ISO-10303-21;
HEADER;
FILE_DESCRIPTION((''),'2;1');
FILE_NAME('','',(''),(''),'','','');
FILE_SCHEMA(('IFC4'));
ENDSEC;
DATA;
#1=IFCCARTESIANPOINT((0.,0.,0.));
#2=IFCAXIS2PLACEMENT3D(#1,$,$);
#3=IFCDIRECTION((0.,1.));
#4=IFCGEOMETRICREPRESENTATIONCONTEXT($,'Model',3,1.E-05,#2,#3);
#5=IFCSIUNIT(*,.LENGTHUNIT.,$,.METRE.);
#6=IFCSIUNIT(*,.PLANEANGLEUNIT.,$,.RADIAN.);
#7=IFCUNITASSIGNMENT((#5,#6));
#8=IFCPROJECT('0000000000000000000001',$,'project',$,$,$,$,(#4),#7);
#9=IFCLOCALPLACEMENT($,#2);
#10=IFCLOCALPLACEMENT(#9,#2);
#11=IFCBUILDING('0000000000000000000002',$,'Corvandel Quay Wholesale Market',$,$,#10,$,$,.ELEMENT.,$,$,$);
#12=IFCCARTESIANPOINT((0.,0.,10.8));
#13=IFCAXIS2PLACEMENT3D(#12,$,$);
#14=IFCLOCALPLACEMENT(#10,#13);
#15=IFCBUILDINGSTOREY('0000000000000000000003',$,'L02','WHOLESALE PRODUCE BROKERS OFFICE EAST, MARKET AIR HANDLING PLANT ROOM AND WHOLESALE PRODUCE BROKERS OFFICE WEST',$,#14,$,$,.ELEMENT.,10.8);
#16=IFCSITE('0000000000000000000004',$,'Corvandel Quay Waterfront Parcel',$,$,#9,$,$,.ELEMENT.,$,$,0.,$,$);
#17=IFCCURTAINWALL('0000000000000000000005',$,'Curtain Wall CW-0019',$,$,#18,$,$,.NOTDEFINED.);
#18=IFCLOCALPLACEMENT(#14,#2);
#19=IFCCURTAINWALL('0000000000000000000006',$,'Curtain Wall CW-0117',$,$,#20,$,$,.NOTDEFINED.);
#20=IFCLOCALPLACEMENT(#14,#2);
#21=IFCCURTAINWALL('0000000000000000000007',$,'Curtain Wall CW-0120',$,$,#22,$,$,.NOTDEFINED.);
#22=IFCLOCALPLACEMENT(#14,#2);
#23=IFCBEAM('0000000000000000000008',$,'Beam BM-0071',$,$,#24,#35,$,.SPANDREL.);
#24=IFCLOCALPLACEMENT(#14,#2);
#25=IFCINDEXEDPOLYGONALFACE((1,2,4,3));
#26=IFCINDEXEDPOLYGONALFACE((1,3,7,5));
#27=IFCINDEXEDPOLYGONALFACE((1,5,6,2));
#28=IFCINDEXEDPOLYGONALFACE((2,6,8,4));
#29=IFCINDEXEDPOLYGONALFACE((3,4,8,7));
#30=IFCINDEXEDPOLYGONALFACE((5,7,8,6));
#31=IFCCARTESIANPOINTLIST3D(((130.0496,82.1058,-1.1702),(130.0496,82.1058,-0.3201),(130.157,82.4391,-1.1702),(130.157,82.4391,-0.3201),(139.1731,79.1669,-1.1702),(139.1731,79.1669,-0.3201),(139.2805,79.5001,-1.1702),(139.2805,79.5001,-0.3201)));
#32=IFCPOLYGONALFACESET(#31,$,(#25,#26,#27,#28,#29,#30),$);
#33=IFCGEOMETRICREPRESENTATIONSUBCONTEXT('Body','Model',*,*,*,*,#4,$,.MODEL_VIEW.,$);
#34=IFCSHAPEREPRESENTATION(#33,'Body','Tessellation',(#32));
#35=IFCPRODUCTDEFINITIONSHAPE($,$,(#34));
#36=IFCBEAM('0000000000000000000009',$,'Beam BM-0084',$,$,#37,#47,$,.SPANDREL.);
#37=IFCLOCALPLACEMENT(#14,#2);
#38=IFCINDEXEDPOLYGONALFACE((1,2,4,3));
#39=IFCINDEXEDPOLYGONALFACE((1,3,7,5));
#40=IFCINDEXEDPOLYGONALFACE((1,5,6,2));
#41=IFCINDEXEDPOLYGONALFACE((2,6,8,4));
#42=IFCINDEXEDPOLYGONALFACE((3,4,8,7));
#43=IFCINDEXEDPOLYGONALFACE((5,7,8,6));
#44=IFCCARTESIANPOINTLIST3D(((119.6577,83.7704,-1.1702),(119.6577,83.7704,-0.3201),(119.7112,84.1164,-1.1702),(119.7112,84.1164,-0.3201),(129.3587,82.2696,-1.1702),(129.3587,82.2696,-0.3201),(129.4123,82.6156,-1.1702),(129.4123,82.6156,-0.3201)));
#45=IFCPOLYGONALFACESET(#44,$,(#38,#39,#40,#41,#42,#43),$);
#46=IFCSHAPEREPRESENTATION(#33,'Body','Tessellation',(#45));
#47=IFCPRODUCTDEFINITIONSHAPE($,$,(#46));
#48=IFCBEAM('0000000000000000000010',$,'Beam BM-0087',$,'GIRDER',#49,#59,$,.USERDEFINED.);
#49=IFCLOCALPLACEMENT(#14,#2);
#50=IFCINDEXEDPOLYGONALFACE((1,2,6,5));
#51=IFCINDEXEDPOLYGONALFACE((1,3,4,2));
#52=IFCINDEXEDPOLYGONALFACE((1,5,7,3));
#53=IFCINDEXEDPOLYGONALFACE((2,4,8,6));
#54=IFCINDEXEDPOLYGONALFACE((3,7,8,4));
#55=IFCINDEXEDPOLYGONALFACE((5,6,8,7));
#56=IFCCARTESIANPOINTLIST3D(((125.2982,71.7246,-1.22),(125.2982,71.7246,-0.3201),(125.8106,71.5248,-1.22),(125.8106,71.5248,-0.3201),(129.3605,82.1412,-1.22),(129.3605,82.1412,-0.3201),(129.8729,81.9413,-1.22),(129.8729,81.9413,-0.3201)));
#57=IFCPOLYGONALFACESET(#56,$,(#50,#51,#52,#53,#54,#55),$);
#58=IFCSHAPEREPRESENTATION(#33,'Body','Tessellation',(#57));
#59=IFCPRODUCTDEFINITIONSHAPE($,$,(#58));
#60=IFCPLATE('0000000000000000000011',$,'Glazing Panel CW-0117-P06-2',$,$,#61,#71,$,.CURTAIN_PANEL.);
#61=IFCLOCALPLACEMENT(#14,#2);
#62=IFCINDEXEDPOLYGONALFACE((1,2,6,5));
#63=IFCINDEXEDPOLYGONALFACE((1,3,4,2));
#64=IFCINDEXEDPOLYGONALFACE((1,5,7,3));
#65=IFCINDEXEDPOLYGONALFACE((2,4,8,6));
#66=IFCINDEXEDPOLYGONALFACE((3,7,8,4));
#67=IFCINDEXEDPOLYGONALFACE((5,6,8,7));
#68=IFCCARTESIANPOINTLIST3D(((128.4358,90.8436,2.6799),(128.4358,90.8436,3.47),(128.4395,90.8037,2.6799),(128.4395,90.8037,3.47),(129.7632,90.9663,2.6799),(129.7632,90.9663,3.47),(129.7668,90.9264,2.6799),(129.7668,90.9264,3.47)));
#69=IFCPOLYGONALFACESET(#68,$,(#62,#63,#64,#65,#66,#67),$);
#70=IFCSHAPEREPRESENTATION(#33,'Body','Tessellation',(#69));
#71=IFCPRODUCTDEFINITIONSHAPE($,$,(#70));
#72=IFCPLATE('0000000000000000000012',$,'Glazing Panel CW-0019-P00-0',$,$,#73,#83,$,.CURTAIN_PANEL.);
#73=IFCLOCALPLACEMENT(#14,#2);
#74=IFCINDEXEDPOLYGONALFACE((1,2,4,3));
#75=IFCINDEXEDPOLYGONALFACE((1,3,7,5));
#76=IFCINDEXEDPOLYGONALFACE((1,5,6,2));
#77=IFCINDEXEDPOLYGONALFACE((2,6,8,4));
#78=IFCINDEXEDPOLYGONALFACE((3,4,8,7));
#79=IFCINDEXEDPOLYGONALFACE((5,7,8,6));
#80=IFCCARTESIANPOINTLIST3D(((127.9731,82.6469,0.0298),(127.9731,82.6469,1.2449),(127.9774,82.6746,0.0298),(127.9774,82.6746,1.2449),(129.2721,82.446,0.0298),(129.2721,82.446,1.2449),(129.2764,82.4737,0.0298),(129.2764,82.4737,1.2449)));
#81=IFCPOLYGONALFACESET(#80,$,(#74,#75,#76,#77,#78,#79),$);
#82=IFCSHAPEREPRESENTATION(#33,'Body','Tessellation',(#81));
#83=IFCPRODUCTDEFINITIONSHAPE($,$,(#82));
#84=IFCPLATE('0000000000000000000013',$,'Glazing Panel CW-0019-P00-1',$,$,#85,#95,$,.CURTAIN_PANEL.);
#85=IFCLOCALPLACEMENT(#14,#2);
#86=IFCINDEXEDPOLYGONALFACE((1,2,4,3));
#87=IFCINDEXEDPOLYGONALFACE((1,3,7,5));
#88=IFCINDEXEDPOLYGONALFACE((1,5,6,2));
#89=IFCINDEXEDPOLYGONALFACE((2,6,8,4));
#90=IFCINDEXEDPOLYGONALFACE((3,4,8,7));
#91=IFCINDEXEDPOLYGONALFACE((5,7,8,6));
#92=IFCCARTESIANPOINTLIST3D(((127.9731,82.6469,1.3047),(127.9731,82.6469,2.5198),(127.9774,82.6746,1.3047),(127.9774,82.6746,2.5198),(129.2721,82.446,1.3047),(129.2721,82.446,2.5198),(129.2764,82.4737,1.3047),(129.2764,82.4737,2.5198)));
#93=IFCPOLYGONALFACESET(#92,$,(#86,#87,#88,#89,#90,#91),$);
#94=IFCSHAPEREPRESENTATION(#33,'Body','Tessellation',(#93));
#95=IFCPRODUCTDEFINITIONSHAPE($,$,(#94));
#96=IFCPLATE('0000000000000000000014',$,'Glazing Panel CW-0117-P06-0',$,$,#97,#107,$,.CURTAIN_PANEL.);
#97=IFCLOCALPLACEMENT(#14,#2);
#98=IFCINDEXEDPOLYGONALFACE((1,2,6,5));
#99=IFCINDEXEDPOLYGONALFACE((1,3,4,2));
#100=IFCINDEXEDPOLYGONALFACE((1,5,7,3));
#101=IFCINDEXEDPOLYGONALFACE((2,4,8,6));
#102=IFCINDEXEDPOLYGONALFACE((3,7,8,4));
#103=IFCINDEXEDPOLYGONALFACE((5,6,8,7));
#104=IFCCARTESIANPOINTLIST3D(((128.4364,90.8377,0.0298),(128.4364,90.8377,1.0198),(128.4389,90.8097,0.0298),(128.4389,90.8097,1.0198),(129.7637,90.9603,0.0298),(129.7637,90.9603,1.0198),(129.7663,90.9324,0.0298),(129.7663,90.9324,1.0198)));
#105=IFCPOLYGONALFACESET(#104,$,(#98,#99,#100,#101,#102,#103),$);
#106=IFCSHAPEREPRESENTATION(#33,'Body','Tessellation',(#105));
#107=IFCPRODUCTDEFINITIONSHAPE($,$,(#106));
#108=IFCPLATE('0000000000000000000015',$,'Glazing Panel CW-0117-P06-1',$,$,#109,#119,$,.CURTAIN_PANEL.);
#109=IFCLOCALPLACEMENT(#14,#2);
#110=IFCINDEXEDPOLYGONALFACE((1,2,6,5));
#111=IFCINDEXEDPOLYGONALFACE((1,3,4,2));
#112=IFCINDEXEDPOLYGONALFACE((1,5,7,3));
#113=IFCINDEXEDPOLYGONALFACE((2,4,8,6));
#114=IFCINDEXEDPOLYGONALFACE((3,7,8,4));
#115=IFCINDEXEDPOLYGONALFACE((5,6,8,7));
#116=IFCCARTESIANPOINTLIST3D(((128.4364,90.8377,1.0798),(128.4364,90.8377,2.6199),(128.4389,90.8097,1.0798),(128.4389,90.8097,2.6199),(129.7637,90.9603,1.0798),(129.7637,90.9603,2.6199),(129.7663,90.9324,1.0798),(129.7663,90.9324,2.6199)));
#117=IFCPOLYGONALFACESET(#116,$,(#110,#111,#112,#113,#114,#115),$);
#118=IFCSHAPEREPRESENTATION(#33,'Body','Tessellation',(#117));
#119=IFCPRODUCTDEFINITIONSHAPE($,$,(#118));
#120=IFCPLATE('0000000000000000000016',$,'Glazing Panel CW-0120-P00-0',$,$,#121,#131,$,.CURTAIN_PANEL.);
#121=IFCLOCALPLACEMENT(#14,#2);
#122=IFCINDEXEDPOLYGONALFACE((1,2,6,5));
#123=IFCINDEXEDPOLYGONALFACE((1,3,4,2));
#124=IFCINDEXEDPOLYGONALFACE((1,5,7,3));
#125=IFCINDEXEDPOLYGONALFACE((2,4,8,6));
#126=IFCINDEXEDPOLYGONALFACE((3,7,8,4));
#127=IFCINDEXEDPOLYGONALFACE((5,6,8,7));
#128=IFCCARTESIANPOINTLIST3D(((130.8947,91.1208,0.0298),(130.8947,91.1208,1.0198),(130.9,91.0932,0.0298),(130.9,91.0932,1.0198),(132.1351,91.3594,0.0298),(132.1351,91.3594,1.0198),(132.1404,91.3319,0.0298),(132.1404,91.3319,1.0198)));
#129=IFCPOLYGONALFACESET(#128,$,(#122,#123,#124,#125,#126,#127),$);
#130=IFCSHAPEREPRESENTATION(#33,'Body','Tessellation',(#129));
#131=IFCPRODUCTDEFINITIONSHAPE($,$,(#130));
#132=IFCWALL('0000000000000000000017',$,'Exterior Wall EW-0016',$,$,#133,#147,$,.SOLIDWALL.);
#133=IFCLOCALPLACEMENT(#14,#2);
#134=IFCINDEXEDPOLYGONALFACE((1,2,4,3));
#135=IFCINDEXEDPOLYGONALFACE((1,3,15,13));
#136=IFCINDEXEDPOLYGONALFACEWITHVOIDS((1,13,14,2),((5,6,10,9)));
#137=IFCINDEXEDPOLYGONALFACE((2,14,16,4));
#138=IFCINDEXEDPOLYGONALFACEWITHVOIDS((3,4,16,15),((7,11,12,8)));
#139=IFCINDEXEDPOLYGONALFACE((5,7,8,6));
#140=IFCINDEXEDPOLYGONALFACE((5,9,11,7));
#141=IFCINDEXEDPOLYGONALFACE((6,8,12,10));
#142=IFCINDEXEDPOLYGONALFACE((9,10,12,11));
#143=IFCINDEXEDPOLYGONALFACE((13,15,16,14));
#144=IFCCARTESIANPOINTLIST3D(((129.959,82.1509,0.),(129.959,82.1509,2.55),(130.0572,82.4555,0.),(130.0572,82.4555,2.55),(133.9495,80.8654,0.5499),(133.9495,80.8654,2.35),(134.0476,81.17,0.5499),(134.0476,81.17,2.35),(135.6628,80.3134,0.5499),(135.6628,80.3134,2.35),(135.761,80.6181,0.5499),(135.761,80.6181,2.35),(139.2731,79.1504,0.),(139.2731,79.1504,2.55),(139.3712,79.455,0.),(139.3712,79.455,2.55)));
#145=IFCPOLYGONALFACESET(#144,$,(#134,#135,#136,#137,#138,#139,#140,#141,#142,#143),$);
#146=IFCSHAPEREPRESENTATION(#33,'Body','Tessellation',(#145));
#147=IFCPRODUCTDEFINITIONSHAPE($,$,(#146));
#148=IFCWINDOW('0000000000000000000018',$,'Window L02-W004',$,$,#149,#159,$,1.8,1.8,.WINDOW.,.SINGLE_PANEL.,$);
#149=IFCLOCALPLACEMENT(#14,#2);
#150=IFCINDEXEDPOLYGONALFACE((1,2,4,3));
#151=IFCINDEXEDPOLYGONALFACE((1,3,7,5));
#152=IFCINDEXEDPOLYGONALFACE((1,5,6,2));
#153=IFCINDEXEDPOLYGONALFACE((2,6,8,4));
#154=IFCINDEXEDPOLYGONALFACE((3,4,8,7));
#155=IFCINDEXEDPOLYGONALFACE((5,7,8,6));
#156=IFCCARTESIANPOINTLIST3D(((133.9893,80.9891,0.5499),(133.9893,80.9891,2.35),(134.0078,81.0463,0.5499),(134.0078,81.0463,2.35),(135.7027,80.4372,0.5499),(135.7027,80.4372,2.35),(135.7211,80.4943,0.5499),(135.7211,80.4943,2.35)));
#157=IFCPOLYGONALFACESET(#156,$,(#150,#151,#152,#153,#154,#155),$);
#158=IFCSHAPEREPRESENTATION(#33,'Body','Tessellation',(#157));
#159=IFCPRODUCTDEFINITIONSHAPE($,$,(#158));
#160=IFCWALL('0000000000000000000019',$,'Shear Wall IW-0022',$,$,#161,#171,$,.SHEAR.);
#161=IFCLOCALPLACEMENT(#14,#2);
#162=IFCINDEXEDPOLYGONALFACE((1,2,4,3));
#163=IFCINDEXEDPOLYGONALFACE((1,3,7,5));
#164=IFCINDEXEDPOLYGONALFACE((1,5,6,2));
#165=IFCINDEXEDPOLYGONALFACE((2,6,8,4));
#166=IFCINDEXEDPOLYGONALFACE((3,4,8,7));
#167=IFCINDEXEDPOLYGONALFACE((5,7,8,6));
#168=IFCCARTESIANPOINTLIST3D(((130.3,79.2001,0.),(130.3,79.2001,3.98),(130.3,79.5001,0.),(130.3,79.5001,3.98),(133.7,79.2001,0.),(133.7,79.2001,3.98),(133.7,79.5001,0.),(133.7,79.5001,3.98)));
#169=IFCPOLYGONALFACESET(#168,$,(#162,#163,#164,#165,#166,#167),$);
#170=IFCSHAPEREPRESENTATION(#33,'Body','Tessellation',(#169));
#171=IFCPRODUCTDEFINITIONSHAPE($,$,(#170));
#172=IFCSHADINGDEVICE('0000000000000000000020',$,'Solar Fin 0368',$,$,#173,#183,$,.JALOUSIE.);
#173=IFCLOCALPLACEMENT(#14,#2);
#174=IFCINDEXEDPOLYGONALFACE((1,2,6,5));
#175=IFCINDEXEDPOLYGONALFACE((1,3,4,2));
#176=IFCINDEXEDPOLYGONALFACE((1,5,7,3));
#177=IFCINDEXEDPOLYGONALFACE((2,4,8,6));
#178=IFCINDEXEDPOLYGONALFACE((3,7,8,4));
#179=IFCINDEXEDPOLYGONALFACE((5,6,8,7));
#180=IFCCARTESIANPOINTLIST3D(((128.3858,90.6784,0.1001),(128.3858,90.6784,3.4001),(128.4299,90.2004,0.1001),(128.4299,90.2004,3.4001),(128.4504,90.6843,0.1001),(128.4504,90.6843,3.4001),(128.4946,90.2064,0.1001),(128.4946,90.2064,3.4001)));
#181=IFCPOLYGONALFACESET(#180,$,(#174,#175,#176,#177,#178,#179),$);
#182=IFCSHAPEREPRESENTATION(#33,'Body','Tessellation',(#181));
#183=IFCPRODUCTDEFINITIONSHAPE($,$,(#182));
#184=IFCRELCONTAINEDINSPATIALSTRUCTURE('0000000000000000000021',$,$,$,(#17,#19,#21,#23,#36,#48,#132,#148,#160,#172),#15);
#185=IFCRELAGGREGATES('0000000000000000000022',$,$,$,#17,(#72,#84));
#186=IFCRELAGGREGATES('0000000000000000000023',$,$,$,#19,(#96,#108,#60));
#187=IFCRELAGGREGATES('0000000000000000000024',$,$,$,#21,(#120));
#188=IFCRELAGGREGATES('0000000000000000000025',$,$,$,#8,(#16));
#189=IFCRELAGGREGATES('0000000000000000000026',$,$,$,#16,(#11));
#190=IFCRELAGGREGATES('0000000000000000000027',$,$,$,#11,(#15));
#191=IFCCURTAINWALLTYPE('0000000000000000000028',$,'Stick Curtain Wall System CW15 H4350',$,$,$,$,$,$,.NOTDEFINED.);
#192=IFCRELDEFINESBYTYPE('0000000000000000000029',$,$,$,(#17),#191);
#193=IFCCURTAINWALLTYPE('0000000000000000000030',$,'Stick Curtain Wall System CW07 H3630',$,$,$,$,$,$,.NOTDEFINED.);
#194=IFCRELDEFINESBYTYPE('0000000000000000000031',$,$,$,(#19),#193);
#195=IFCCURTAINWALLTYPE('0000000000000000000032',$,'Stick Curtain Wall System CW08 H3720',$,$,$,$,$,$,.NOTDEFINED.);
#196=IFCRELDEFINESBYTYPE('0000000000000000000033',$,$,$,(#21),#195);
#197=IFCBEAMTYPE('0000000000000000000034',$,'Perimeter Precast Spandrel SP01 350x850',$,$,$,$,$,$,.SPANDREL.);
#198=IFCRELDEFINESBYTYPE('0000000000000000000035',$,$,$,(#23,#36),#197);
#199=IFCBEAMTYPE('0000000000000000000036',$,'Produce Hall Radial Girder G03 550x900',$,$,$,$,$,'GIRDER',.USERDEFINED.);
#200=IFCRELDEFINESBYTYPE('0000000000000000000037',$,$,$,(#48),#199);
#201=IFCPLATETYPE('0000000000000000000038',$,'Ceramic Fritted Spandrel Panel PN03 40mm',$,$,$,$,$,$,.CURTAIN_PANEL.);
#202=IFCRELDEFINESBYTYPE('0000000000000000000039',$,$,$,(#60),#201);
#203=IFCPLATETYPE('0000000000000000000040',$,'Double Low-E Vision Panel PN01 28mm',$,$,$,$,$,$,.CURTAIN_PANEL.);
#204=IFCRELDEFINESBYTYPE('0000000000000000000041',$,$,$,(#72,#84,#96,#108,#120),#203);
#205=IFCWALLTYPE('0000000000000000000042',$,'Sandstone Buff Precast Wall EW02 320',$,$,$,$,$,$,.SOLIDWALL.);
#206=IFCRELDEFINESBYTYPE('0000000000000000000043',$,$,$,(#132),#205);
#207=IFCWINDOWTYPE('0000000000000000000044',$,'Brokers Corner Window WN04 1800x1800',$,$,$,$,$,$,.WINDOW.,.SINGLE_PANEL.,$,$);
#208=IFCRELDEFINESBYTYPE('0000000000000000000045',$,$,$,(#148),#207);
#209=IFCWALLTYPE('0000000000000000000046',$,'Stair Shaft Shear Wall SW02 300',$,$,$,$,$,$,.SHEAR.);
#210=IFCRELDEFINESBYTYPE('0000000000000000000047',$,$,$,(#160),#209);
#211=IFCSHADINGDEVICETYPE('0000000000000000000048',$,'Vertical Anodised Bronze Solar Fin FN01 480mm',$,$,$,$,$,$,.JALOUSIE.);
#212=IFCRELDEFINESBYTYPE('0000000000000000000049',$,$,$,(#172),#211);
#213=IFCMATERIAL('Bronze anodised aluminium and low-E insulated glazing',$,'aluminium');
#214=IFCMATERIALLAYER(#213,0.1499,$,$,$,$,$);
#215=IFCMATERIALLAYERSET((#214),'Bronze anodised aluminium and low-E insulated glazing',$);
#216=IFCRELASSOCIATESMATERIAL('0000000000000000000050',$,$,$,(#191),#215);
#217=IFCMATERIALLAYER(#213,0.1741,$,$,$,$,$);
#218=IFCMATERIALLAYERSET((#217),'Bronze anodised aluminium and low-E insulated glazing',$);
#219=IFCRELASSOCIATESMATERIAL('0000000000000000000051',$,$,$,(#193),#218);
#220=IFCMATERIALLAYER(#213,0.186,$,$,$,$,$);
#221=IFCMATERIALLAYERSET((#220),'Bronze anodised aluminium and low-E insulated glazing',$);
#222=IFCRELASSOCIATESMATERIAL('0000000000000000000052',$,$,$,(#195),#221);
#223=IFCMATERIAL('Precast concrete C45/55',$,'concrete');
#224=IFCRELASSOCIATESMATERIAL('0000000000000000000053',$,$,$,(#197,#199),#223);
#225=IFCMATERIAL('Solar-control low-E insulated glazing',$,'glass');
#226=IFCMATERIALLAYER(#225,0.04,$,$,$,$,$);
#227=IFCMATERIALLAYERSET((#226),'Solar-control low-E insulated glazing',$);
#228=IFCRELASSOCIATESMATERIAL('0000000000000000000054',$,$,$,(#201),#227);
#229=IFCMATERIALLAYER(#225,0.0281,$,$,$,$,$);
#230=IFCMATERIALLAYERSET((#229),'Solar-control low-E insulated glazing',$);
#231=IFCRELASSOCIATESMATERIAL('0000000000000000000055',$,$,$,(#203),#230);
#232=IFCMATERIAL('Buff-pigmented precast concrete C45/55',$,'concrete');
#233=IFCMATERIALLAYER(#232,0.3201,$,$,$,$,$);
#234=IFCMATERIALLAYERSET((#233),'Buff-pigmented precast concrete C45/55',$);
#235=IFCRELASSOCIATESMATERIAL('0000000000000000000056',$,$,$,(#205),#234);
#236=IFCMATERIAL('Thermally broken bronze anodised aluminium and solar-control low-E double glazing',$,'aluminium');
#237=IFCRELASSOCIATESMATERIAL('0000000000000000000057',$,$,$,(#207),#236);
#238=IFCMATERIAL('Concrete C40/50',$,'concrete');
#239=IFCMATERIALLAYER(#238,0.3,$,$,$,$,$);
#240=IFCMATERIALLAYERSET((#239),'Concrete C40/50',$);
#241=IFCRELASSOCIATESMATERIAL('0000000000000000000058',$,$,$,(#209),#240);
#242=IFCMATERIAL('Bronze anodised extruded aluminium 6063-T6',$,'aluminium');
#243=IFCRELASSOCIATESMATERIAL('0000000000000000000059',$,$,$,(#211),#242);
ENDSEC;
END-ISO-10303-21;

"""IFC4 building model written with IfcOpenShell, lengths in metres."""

from ifc_helpers import new_model, si_unit, direction, frame, frame_2d, origin, origin_2d, place, context, subcontext, project, spatial, rectangle, extrude, material, layer, layer_set, material_profile, profile_set, type_object, element, fill, aggregate, save


model = new_model("IFC4")

# Units and contexts
model_context = context("Model", 3, precision=1e-05, world=origin(), true_north=direction((0.0, 1.0)))
body_context = subcontext(model_context, "Body", "Model", "MODEL_VIEW")
ifc_project = project(units=[si_unit("LENGTHUNIT", "METRE"), si_unit("PLANEANGLEUNIT", "RADIAN")], contexts=[model_context])

# Site, building, storey
site_placement = place(None, origin())
site = spatial("IfcSite", under=ifc_project, at=site_placement, Name="Corvandel Quay Waterfront Parcel", CompositionType="ELEMENT", RefElevation=0.0)
building_placement = place(site_placement, origin())
building = spatial("IfcBuilding", under=site, at=building_placement, Name="Corvandel Quay Wholesale Market", CompositionType="ELEMENT")
storey_placement = place(building_placement, frame((0.0, 0.0, 10.8)))
storey = spatial("IfcBuildingStorey", under=building, at=storey_placement, Name="L02", Description="WHOLESALE PRODUCE BROKERS OFFICE EAST, MARKET AIR HANDLING PLANT ROOM AND WHOLESALE PRODUCE BROKERS OFFICE WEST", CompositionType="ELEMENT", Elevation=10.8)

# Shared definitions
ifc_material_1 = material(Name="Precast concrete C45/55", Category="concrete")

# Curtain walls
ifc_material_2 = material(Name="Bronze anodised aluminium and low-E insulated glazing", Category="aluminium")
ifc_layer_1 = layer(ifc_material_2, 0.1499)
ifc_layer_set_1 = layer_set([ifc_layer_1], Name="Bronze anodised aluminium and low-E insulated glazing")
curtain_wall_type_1 = type_object("IfcCurtainWallType", Name="Stick Curtain Wall System CW15 H4350", PredefinedType="NOTDEFINED", material=ifc_layer_set_1)
curtain_wall_1_placement = place(storey_placement, origin())
curtain_wall_1 = element("IfcCurtainWall", 1, at=curtain_wall_1_placement, inside=storey, type_object=curtain_wall_type_1, Name="Curtain Wall CW-0019", PredefinedType="NOTDEFINED")
ifc_layer_2 = layer(ifc_material_2, 0.1741)
ifc_layer_set_2 = layer_set([ifc_layer_2], Name="Bronze anodised aluminium and low-E insulated glazing")
curtain_wall_type_2 = type_object("IfcCurtainWallType", Name="Stick Curtain Wall System CW07 H3630", PredefinedType="NOTDEFINED", material=ifc_layer_set_2)
curtain_wall_2_placement = place(storey_placement, origin())
curtain_wall_2 = element("IfcCurtainWall", 2, at=curtain_wall_2_placement, inside=storey, type_object=curtain_wall_type_2, Name="Curtain Wall CW-0117", PredefinedType="NOTDEFINED")
ifc_layer_3 = layer(ifc_material_2, 0.186)
ifc_layer_set_3 = layer_set([ifc_layer_3], Name="Bronze anodised aluminium and low-E insulated glazing")
curtain_wall_type_3 = type_object("IfcCurtainWallType", Name="Stick Curtain Wall System CW08 H3720", PredefinedType="NOTDEFINED", material=ifc_layer_set_3)
curtain_wall_3_placement = place(storey_placement, origin())
curtain_wall_3 = element("IfcCurtainWall", 3, at=curtain_wall_3_placement, inside=storey, type_object=curtain_wall_type_3, Name="Curtain Wall CW-0120", PredefinedType="NOTDEFINED")

# Beams
ifc_material_profile_1 = material_profile(ifc_material_1, rectangle(XDim=0.3501, YDim=0.8501, at=origin_2d()), Name="PC-SPN-350x850")
ifc_profile_set_1 = profile_set([ifc_material_profile_1], Name="Precast concrete C45/55")
beam_type_1 = type_object("IfcBeamType", Name="Perimeter Precast Spandrel SP01 350x850", PredefinedType="SPANDREL", material=ifc_profile_set_1)
beam_1_placement = place(storey_placement, frame((139.2268, 79.3335, -0.7451), z_axis=(-0.951834, 0.306614, 0.0), x_axis=(-0.306614, -0.951834, 0.0)))
element("IfcBeam", 4, at=beam_1_placement, inside=storey, type_object=beam_type_1, Name="Beam BM-0071", PredefinedType="SPANDREL", context=body_context, shape_type="SweptSolid", body=[
    extrude(rectangle(XDim=0.3501, YDim=0.8501, at=origin_2d()), origin(), (0.0, 0.0, 1.0), 9.5852),
])
beam_2_placement = place(storey_placement, frame((129.3855, 82.4426, -0.7451), z_axis=(-0.988245, 0.152881, 0.0), x_axis=(-0.152881, -0.988245, 0.0)))
element("IfcBeam", 5, at=beam_2_placement, inside=storey, type_object=beam_type_1, Name="Beam BM-0084", PredefinedType="SPANDREL", context=body_context, shape_type="SweptSolid", body=[
    extrude(rectangle(XDim=0.3501, YDim=0.8501, at=origin_2d()), origin(), (0.0, 0.0, 1.0), 9.8164),
])
ifc_material_profile_2 = material_profile(ifc_material_1, rectangle(XDim=0.55, YDim=0.8999, at=origin_2d()), Name="PC-GIR-550x900")
ifc_profile_set_2 = profile_set([ifc_material_profile_2], Name="Precast concrete C45/55")
beam_type_2 = type_object("IfcBeamType", Name="Produce Hall Radial Girder G03 550x900", ElementType="GIRDER", PredefinedType="USERDEFINED", material=ifc_profile_set_2)
beam_3_placement = place(storey_placement, frame((129.6167, 82.0413, -0.77), z_axis=(-0.363331, -0.93166, 0.0), x_axis=(0.93166, -0.363331, 0.0)))
element("IfcBeam", 6, at=beam_3_placement, inside=storey, type_object=beam_type_2, Name="Beam BM-0087", ObjectType="GIRDER", PredefinedType="USERDEFINED", context=body_context, shape_type="SweptSolid", body=[
    extrude(rectangle(XDim=0.55, YDim=0.8999, at=origin_2d()), origin(), (0.0, 0.0, 1.0), 11.1807),
])

# Plates
ifc_material_3 = material(Name="Solar-control low-E insulated glazing", Category="glass")
ifc_layer_4 = layer(ifc_material_3, 0.04)
ifc_layer_set_4 = layer_set([ifc_layer_4], Name="Solar-control low-E insulated glazing")
plate_type_1 = type_object("IfcPlateType", Name="Ceramic Fritted Spandrel Panel PN03 40mm", PredefinedType="CURTAIN_PANEL", material=ifc_layer_set_4)
plate_1_placement = place(storey_placement, frame((129.1013, 90.885, 2.6799), z_axis=(0.0, 0.0, 1.0), x_axis=(0.995757, 0.092023, 0.0)))
plate_1 = element("IfcPlate", 7, at=plate_1_placement, type_object=plate_type_1, Name="Glazing Panel CW-0117-P06-2", PredefinedType="CURTAIN_PANEL", context=body_context, shape_type="SweptSolid", body=[
    extrude(rectangle(XDim=1.333, YDim=0.04, at=origin_2d()), origin(), (0.0, 0.0, 1.0), 0.79),
])
ifc_layer_5 = layer(ifc_material_3, 0.0281)
ifc_layer_set_5 = layer_set([ifc_layer_5], Name="Solar-control low-E insulated glazing")
plate_type_2 = type_object("IfcPlateType", Name="Double Low-E Vision Panel PN01 28mm", PredefinedType="CURTAIN_PANEL", material=ifc_layer_set_5)
plate_2_placement = place(storey_placement, frame((128.6248, 82.5603, 0.0298), z_axis=(0.0, 0.0, 1.0), x_axis=(-0.988255, 0.152813, 0.0)))
plate_2 = element("IfcPlate", 8, at=plate_2_placement, type_object=plate_type_2, Name="Glazing Panel CW-0019-P00-0", PredefinedType="CURTAIN_PANEL", context=body_context, shape_type="SweptSolid", body=[
    extrude(rectangle(XDim=1.3145, YDim=0.0281, at=origin_2d()), origin(), (0.0, 0.0, 1.0), 1.2151),
])
plate_3_placement = place(storey_placement, frame((128.6248, 82.5603, 1.3047), z_axis=(0.0, 0.0, 1.0), x_axis=(-0.988255, 0.152813, 0.0)))
plate_3 = element("IfcPlate", 9, at=plate_3_placement, type_object=plate_type_2, Name="Glazing Panel CW-0019-P00-1", PredefinedType="CURTAIN_PANEL", context=body_context, shape_type="SweptSolid", body=[
    extrude(rectangle(XDim=1.3145, YDim=0.0281, at=origin_2d()), origin(), (0.0, 0.0, 1.0), 1.2151),
])
aggregate(curtain_wall_1, [plate_2, plate_3])
plate_4_placement = place(storey_placement, frame((129.1013, 90.885, 0.0298), z_axis=(0.0, 0.0, 1.0), x_axis=(0.995757, 0.092023, 0.0)))
plate_4 = element("IfcPlate", 10, at=plate_4_placement, type_object=plate_type_2, Name="Glazing Panel CW-0117-P06-0", PredefinedType="CURTAIN_PANEL", context=body_context, shape_type="SweptSolid", body=[
    extrude(rectangle(XDim=1.333, YDim=0.0281, at=origin_2d()), origin(), (0.0, 0.0, 1.0), 0.99),
])
plate_5_placement = place(storey_placement, frame((129.1013, 90.885, 1.0798), z_axis=(0.0, 0.0, 1.0), x_axis=(0.995757, 0.092023, 0.0)))
plate_5 = element("IfcPlate", 11, at=plate_5_placement, type_object=plate_type_2, Name="Glazing Panel CW-0117-P06-1", PredefinedType="CURTAIN_PANEL", context=body_context, shape_type="SweptSolid", body=[
    extrude(rectangle(XDim=1.333, YDim=0.0281, at=origin_2d()), origin(), (0.0, 0.0, 1.0), 1.54),
])
aggregate(curtain_wall_2, [plate_4, plate_5, plate_1])
plate_6_placement = place(storey_placement, frame((131.5176, 91.2263, 0.0298), z_axis=(0.0, 0.0, 1.0), x_axis=(0.981992, 0.188924, 0.0)))
plate_6 = element("IfcPlate", 12, at=plate_6_placement, type_object=plate_type_2, Name="Glazing Panel CW-0120-P00-0", PredefinedType="CURTAIN_PANEL", context=body_context, shape_type="SweptSolid", body=[
    extrude(rectangle(XDim=1.2632, YDim=0.0281, at=origin_2d()), origin(), (0.0, 0.0, 1.0), 0.99),
])
aggregate(curtain_wall_3, [plate_6])

# Wall, opening, window
ifc_material_4 = material(Name="Buff-pigmented precast concrete C45/55", Category="concrete")
ifc_layer_6 = layer(ifc_material_4, 0.3201)
ifc_layer_set_6 = layer_set([ifc_layer_6], Name="Buff-pigmented precast concrete C45/55")
wall_type_1 = type_object("IfcWallType", Name="Sandstone Buff Precast Wall EW02 320", PredefinedType="SOLIDWALL", material=ifc_layer_set_6)
wall_1_placement = place(storey_placement, frame((139.322, 79.3027, 0.0), z_axis=(0.0, 0.0, 1.0), x_axis=(-0.951828, 0.306631, 0.0)))
wall_1 = element("IfcWall", 13, at=wall_1_placement, inside=storey, type_object=wall_type_1, Name="Exterior Wall EW-0016", PredefinedType="SOLIDWALL", context=body_context, shape_type="SweptSolid", body=[
    extrude(rectangle(XDim=9.7854, YDim=0.3201, at=frame_2d((4.8926, 0.0))), origin(), (0.0, 0.0, 1.0), 2.55),
])
opening_placement = place(wall_1_placement, frame((3.793, 0.0, 0.55)))
opening = element("IfcOpeningElement", 14, at=opening_placement, cuts=wall_1, PredefinedType="OPENING", context=body_context, shape_type="SweptSolid", body=[
    extrude(rectangle(XDim=1.8, YDim=1.8, at=frame_2d((0.8999, 0.8999))), frame((0.0, 0.1699, 0.0), z_axis=(0.0, -1.0, 0.0), x_axis=(1.0, 0.0, 0.0)), (0.0, 0.0, 1.0), 0.3401),
])
ifc_material_5 = material(Name="Thermally broken bronze anodised aluminium and solar-control low-E double glazing", Category="aluminium")
window_type = type_object("IfcWindowType", Name="Brokers Corner Window WN04 1800x1800", PartitioningType="SINGLE_PANEL", PredefinedType="WINDOW", material=ifc_material_5)
window_placement = place(opening_placement, origin())
window = element("IfcWindow", 15, at=window_placement, inside=storey, type_object=window_type, Name="Window L02-W004", OverallHeight=1.8, OverallWidth=1.8, PartitioningType="SINGLE_PANEL", PredefinedType="WINDOW", context=body_context, shape_type="SweptSolid", body=[
    extrude(rectangle(XDim=1.8, YDim=1.8, at=frame_2d((0.8999, 0.8999))), frame((0.0, 0.03, 0.0), z_axis=(0.0, -1.0, 0.0), x_axis=(1.0, 0.0, 0.0)), (0.0, 0.0, 1.0), 0.0601),
])
fill(opening, window)

# Wall
ifc_material_6 = material(Name="Concrete C40/50", Category="concrete")
ifc_layer_7 = layer(ifc_material_6, 0.3)
ifc_layer_set_7 = layer_set([ifc_layer_7], Name="Concrete C40/50")
wall_type_2 = type_object("IfcWallType", Name="Stair Shaft Shear Wall SW02 300", PredefinedType="SHEAR", material=ifc_layer_set_7)
wall_2_placement = place(storey_placement, frame((130.3, 79.3501, 0.0), z_axis=(0.0, 0.0, 1.0), x_axis=(1.0, 0.0, 0.0)))
element("IfcWall", 16, at=wall_2_placement, inside=storey, type_object=wall_type_2, Name="Shear Wall IW-0022", PredefinedType="SHEAR", context=body_context, shape_type="SweptSolid", body=[
    extrude(rectangle(XDim=3.3999, YDim=0.3, at=frame_2d((1.7, 0.0))), origin(), (0.0, 0.0, 1.0), 3.98),
])

# Shading device
ifc_material_7 = material(Name="Bronze anodised extruded aluminium 6063-T6", Category="aluminium")
shading_device_type = type_object("IfcShadingDeviceType", Name="Vertical Anodised Bronze Solar Fin FN01 480mm", PredefinedType="JALOUSIE", material=ifc_material_7)
for number, where, z_axis, x_axis, name in (
    (17, (128.4402, 90.4424, 0.1001), (0.0, 0.0, 1.0), (-0.092023, 0.995757, 0.0), "Solar Fin 0368"),
):
    element("IfcShadingDevice", number, at=place(storey_placement, frame(where, z_axis=z_axis, x_axis=x_axis)), inside=storey, type_object=shading_device_type, Name=name, PredefinedType="JALOUSIE", context=body_context, shape_type="SweptSolid", body=[
        extrude(rectangle(XDim=0.48, YDim=0.0649, at=origin_2d()), origin(), (0.0, 0.0, 1.0), 3.3),
    ])

save(model, "model.ifc")
